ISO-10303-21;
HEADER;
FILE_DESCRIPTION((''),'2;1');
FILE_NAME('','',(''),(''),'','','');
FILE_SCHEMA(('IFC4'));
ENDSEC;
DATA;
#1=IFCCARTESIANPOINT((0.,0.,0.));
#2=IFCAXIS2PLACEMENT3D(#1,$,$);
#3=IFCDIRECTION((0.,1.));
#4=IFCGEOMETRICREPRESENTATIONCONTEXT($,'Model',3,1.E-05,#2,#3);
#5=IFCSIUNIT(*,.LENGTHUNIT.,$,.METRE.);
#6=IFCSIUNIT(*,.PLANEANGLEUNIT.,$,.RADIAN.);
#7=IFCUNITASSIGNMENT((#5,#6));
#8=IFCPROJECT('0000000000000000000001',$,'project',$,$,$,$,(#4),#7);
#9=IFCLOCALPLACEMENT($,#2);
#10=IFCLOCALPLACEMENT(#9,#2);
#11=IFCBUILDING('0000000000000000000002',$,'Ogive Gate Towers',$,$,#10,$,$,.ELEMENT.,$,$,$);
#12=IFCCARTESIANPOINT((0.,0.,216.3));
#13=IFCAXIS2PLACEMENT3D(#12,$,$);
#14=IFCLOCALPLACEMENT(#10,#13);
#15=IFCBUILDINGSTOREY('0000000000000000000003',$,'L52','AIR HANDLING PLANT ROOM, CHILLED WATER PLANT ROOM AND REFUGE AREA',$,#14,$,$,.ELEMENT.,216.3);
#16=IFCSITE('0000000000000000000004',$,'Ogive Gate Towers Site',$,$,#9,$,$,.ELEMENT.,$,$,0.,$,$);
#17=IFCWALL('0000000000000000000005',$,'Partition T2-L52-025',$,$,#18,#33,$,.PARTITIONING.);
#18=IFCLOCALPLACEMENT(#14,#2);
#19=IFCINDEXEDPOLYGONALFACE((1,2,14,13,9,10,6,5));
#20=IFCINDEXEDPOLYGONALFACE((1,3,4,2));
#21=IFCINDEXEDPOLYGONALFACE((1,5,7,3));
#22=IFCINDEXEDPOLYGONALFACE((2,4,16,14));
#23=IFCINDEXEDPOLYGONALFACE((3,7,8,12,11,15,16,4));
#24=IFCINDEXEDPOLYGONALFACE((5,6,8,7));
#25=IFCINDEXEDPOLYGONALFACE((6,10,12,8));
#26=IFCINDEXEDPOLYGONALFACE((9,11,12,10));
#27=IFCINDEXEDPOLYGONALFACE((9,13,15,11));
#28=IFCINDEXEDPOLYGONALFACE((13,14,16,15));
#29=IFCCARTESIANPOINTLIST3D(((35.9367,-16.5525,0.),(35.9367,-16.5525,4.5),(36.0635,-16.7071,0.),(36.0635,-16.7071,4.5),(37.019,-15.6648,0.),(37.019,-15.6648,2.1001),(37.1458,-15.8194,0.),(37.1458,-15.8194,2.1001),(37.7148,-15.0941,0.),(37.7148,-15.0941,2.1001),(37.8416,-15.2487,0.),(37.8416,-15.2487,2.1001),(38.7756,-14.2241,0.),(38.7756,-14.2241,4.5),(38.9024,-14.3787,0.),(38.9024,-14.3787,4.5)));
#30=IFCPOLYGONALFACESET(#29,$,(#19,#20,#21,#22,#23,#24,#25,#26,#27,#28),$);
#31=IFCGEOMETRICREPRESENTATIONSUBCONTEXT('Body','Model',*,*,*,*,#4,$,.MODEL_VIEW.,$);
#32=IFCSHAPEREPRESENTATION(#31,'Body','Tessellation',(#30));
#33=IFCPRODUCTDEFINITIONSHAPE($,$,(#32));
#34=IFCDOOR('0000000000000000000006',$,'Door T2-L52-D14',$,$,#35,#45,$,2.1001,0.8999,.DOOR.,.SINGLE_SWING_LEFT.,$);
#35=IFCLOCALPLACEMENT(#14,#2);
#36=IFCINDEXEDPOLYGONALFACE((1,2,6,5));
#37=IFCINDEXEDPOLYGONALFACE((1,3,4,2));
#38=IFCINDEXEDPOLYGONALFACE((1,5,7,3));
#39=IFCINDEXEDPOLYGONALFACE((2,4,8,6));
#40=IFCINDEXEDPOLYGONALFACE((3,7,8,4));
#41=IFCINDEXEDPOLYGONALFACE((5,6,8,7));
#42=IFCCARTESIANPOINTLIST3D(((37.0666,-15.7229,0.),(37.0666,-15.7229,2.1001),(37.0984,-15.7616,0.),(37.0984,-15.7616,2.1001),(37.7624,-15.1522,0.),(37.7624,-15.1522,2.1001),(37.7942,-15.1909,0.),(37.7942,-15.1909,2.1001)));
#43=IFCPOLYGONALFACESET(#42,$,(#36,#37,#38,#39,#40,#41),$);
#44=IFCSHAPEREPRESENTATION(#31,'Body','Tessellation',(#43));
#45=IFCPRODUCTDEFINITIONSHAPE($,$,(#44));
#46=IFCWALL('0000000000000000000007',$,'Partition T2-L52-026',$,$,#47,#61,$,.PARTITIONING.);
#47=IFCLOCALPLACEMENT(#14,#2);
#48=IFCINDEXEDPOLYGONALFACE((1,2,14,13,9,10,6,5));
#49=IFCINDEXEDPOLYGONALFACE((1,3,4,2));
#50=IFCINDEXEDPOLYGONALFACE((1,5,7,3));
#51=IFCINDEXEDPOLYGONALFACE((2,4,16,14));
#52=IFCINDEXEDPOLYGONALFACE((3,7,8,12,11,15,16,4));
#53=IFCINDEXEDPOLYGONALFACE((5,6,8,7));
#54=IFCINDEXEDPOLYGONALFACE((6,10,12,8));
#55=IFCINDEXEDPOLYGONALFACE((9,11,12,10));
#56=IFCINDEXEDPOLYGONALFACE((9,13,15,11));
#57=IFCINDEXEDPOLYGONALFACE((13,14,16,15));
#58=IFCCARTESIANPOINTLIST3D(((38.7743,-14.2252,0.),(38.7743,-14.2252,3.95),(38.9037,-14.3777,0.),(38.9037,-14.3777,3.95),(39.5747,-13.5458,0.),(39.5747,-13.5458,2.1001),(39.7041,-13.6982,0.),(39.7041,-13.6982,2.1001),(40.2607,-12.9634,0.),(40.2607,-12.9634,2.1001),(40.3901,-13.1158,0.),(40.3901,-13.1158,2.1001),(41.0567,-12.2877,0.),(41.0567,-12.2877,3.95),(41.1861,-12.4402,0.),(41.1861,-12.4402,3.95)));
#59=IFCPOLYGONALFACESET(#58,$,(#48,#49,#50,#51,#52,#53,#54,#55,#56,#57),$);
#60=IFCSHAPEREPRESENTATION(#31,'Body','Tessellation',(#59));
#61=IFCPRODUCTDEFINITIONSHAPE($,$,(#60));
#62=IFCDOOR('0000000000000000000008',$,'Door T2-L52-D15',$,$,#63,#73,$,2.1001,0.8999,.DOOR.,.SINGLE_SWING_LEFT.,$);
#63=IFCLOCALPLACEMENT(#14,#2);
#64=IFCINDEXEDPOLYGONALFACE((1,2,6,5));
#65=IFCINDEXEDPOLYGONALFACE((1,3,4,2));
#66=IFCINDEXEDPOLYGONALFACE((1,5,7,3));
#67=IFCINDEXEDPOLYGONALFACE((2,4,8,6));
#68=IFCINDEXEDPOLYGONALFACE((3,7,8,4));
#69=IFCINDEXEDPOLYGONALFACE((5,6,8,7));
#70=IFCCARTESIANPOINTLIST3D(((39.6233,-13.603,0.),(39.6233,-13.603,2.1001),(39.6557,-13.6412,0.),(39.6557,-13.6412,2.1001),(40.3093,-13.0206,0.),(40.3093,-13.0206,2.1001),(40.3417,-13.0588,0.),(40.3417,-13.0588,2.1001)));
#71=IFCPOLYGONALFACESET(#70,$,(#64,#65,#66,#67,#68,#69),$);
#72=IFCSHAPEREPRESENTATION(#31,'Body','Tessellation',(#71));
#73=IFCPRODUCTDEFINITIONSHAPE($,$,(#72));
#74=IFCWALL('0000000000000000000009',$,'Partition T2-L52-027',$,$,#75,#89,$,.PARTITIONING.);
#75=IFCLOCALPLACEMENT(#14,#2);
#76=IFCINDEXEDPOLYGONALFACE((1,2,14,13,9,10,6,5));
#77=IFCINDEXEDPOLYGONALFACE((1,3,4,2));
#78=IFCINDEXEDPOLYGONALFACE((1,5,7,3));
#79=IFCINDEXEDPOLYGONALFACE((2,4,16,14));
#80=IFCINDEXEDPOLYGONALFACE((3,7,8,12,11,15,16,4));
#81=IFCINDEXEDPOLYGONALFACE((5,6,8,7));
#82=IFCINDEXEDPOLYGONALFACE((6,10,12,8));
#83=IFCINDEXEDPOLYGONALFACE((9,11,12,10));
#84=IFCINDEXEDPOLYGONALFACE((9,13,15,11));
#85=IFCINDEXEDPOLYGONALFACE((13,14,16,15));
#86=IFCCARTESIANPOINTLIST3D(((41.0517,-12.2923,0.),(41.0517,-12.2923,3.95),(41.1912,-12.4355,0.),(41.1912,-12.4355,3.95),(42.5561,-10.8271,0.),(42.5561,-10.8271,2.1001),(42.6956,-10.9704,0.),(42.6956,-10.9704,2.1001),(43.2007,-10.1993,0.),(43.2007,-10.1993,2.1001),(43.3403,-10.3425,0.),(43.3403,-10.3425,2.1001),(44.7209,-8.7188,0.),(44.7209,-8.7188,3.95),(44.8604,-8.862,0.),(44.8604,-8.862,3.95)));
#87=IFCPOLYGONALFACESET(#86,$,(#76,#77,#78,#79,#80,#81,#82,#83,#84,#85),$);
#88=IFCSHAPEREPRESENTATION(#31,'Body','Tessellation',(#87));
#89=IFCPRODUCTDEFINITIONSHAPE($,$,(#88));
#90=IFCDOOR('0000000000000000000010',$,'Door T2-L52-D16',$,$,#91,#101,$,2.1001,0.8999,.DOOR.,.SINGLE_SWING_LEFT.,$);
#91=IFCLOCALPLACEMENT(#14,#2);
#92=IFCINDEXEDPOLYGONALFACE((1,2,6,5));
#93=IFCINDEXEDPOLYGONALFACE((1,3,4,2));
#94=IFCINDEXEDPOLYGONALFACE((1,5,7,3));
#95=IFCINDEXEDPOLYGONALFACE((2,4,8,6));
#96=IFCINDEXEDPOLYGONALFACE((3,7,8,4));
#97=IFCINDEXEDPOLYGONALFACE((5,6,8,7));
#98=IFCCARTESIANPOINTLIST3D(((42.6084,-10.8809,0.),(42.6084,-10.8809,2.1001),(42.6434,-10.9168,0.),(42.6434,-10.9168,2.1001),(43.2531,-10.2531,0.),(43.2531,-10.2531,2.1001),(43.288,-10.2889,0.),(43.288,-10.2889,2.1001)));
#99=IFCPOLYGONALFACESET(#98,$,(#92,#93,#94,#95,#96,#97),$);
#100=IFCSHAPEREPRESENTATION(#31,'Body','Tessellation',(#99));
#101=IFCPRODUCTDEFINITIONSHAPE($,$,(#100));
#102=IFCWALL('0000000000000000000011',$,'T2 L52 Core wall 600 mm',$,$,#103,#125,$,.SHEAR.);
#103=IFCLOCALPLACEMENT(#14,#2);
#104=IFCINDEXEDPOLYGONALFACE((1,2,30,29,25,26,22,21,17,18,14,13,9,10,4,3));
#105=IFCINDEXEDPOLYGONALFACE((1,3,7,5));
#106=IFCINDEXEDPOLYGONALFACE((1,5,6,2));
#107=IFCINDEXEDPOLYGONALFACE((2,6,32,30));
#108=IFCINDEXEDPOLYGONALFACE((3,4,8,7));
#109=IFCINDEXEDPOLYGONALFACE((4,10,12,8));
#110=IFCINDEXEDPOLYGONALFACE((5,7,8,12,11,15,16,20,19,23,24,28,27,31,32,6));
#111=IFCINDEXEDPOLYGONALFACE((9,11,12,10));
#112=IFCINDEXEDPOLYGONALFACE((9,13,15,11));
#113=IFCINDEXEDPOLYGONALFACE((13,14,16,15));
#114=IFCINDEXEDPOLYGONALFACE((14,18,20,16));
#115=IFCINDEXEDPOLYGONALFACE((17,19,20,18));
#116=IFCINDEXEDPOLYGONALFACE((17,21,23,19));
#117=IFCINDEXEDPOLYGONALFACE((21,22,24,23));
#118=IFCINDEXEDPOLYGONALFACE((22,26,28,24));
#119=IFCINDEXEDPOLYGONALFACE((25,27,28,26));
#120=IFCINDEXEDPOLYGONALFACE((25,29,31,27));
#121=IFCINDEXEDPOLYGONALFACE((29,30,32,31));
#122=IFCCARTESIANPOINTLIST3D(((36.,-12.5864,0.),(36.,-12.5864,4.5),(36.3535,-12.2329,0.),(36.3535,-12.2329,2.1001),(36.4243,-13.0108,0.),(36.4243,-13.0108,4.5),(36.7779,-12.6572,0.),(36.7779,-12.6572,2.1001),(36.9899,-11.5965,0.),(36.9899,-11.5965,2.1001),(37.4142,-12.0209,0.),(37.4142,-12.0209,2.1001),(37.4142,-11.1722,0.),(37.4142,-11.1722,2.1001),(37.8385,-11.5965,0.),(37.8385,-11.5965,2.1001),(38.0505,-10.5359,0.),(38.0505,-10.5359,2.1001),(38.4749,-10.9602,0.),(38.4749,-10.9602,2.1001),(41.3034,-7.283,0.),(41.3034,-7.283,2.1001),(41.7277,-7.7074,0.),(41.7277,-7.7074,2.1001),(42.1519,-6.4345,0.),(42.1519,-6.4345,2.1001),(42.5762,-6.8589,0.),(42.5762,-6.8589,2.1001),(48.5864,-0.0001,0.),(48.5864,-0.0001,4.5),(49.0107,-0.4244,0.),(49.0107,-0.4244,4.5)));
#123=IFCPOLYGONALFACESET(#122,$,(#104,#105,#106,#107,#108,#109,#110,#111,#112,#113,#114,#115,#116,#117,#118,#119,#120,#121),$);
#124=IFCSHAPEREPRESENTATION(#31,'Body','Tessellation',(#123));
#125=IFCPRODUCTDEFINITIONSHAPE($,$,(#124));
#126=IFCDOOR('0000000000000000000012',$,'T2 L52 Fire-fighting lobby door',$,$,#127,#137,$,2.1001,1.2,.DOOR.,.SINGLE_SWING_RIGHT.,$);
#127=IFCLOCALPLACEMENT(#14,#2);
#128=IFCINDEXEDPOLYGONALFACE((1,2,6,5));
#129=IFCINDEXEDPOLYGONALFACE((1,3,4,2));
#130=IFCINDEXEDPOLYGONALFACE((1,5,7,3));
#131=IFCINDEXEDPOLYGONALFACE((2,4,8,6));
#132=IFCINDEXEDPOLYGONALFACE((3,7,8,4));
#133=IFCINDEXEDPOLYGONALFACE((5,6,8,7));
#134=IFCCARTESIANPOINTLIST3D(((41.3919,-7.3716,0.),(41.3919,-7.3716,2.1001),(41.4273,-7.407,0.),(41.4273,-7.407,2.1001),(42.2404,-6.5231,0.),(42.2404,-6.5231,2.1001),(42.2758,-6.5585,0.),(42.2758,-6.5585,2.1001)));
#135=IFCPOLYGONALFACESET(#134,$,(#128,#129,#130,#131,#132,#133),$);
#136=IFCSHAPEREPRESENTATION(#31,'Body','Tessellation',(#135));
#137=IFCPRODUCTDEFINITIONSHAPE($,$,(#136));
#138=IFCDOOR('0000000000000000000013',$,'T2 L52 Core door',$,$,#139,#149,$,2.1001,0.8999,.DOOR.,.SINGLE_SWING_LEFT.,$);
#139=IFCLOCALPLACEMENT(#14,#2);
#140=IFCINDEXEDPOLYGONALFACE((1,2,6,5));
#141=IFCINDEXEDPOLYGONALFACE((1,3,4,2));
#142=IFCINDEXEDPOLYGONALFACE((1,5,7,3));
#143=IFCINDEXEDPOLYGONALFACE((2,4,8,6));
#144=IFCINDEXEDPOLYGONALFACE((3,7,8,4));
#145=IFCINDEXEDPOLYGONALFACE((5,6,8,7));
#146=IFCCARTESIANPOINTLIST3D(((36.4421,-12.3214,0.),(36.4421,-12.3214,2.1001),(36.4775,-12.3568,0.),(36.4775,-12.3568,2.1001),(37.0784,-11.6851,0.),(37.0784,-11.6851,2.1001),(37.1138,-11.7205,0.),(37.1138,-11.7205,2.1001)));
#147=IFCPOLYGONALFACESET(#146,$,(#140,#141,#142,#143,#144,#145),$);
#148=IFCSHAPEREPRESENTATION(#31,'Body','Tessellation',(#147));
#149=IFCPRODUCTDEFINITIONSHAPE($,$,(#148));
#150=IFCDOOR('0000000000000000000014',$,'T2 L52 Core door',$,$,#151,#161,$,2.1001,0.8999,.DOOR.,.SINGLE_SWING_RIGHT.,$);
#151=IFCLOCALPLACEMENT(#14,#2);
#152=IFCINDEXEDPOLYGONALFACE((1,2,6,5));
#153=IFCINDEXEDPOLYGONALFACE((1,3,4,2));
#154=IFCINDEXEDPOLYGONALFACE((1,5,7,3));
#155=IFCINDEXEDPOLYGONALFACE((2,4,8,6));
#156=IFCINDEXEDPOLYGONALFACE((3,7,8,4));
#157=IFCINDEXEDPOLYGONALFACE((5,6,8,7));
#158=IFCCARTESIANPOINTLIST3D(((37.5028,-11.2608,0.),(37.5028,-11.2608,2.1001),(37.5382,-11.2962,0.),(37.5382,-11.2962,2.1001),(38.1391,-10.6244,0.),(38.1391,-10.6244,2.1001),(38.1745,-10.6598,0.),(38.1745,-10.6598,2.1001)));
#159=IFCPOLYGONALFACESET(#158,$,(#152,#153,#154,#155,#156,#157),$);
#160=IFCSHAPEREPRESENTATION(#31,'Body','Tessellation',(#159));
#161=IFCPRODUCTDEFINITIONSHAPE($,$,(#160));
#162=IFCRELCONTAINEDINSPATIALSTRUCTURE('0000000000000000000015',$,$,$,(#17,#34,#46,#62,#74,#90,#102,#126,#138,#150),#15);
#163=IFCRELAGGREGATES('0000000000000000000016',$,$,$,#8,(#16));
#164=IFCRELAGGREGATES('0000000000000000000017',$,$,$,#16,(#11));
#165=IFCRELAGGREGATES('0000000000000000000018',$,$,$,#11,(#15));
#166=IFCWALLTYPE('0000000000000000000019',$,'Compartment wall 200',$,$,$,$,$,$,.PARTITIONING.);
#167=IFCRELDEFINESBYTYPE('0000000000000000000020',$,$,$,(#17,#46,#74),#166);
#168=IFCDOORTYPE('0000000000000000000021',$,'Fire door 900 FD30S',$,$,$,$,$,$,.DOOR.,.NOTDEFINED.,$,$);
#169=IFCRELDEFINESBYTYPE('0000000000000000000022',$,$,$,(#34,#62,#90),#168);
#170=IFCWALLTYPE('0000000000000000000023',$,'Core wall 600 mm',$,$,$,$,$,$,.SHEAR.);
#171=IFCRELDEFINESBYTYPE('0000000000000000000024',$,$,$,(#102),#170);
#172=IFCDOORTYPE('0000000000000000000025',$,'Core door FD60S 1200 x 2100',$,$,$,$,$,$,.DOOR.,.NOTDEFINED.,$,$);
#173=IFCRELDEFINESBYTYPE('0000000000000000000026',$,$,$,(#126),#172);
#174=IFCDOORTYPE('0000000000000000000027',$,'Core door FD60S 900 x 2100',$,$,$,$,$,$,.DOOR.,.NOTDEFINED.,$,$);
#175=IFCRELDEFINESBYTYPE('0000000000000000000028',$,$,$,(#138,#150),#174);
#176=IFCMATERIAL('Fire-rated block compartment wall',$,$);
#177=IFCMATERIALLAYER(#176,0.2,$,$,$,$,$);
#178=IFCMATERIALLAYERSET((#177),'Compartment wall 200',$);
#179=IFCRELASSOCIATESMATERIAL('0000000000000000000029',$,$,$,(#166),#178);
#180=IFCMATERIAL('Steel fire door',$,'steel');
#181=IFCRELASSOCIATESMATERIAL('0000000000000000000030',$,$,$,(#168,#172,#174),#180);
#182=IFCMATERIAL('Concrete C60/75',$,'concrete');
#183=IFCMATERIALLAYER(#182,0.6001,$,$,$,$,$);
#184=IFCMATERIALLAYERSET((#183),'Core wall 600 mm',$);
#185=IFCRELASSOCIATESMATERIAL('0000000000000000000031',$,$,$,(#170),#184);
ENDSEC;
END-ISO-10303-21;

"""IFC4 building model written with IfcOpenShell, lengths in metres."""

from ifc_helpers import new_model, si_unit, direction, frame, frame_2d, origin, place, context, subcontext, project, spatial, rectangle, extrude, material, layer, layer_set, type_object, element, fill, save


model = new_model("IFC4")

# Units and contexts
model_context = context("Model", 3, precision=1e-05, world=origin(), true_north=direction((0.0, 1.0)))
body_context = subcontext(model_context, "Body", "Model", "MODEL_VIEW")
ifc_project = project(units=[si_unit("LENGTHUNIT", "METRE"), si_unit("PLANEANGLEUNIT", "RADIAN")], contexts=[model_context])

# Site, building, storey
site_placement = place(None, origin())
site = spatial("IfcSite", under=ifc_project, at=site_placement, Name="Ogive Gate Towers Site", CompositionType="ELEMENT", RefElevation=0.0)
building_placement = place(site_placement, origin())
building = spatial("IfcBuilding", under=site, at=building_placement, Name="Ogive Gate Towers", CompositionType="ELEMENT")
storey_placement = place(building_placement, frame((0.0, 0.0, 216.3)))
storey = spatial("IfcBuildingStorey", under=building, at=storey_placement, Name="L52", Description="AIR HANDLING PLANT ROOM, CHILLED WATER PLANT ROOM AND REFUGE AREA", CompositionType="ELEMENT", Elevation=216.3)

# Shared definitions
ifc_material_1 = material(Name="Fire-rated block compartment wall")
ifc_layer_1 = layer(ifc_material_1, 0.2)
ifc_layer_set_1 = layer_set([ifc_layer_1], Name="Compartment wall 200")
wall_type_1 = type_object("IfcWallType", Name="Compartment wall 200", PredefinedType="PARTITIONING", material=ifc_layer_set_1)

# Walls, openings, doors
wall_1_placement = place(storey_placement, frame((36.0, -16.6299, 0.0), z_axis=(0.0, 0.0, 1.0), x_axis=(0.773201, 0.634161, 0.0)))
wall_1 = element("IfcWall", 1, at=wall_1_placement, inside=storey, type_object=wall_type_1, Name="Partition T2-L52-025", PredefinedType="PARTITIONING", context=body_context, shape_type="SweptSolid", body=[
    extrude(rectangle(XDim=3.6716, YDim=0.2, at=frame_2d((1.8359, 0.0))), origin(), (0.0, 0.0, 1.0), 4.5),
])
opening_1_placement = place(wall_1_placement, frame((1.3999, 0.0, 0.0)))
opening_1 = element("IfcOpeningElement", 2, at=opening_1_placement, cuts=wall_1, PredefinedType="OPENING", context=body_context, shape_type="SweptSolid", body=[
    extrude(rectangle(XDim=0.8999, YDim=2.1001, at=frame_2d((0.45, 1.05))), frame((0.0, 0.1099, 0.0), z_axis=(0.0, -1.0, 0.0), x_axis=(1.0, 0.0, 0.0)), (0.0, 0.0, 1.0), 0.22),
])
ifc_material_2 = material(Name="Steel fire door", Category="steel")
door_type_1 = type_object("IfcDoorType", Name="Fire door 900 FD30S", OperationType="NOTDEFINED", PredefinedType="DOOR", material=ifc_material_2)
door_1_placement = place(opening_1_placement, origin())
door_1 = element("IfcDoor", 3, at=door_1_placement, inside=storey, type_object=door_type_1, Name="Door T2-L52-D14", OperationType="SINGLE_SWING_LEFT", OverallHeight=2.1001, OverallWidth=0.8999, PredefinedType="DOOR", context=body_context, shape_type="SweptSolid", body=[
    extrude(rectangle(XDim=0.8999, YDim=2.1001, at=frame_2d((0.45, 1.05))), frame((0.0, 0.0249, 0.0), z_axis=(0.0, -1.0, 0.0), x_axis=(1.0, 0.0, 0.0)), (0.0, 0.0, 1.0), 0.05),
])
fill(opening_1, door_1)
wall_2_placement = place(storey_placement, frame((38.8389, -14.3015, 0.0), z_axis=(0.0, 0.0, 1.0), x_axis=(0.762368, 0.647144, 0.0)))
wall_2 = element("IfcWall", 4, at=wall_2_placement, inside=storey, type_object=wall_type_1, Name="Partition T2-L52-026", PredefinedType="PARTITIONING", context=body_context, shape_type="SweptSolid", body=[
    extrude(rectangle(XDim=2.9939, YDim=0.2, at=frame_2d((1.4971, 0.0))), origin(), (0.0, 0.0, 1.0), 3.95),
])
opening_2_placement = place(wall_2_placement, frame((1.05, 0.0, 0.0)))
opening_2 = element("IfcOpeningElement", 5, at=opening_2_placement, cuts=wall_2, PredefinedType="OPENING", context=body_context, shape_type="SweptSolid", body=[
    extrude(rectangle(XDim=0.8999, YDim=2.1001, at=frame_2d((0.45, 1.05))), frame((0.0, 0.1099, 0.0), z_axis=(0.0, -1.0, 0.0), x_axis=(1.0, 0.0, 0.0)), (0.0, 0.0, 1.0), 0.22),
])
door_2_placement = place(opening_2_placement, origin())
door_2 = element("IfcDoor", 6, at=door_2_placement, inside=storey, type_object=door_type_1, Name="Door T2-L52-D15", OperationType="SINGLE_SWING_LEFT", OverallHeight=2.1001, OverallWidth=0.8999, PredefinedType="DOOR", context=body_context, shape_type="SweptSolid", body=[
    extrude(rectangle(XDim=0.8999, YDim=2.1001, at=frame_2d((0.45, 1.05))), frame((0.0, 0.0249, 0.0), z_axis=(0.0, -1.0, 0.0), x_axis=(1.0, 0.0, 0.0)), (0.0, 0.0, 1.0), 0.05),
])
fill(opening_2, door_2)
wall_3_placement = place(storey_placement, frame((41.1213, -12.364, 0.0), z_axis=(0.0, 0.0, 1.0), x_axis=(0.716388, 0.697702, 0.0)))
wall_3 = element("IfcWall", 7, at=wall_3_placement, inside=storey, type_object=wall_type_1, Name="Partition T2-L52-027", PredefinedType="PARTITIONING", context=body_context, shape_type="SweptSolid", body=[
    extrude(rectangle(XDim=5.1218, YDim=0.2, at=frame_2d((2.561, 0.0))), origin(), (0.0, 0.0, 1.0), 3.95),
])
opening_3_placement = place(wall_3_placement, frame((2.1001, 0.0, 0.0)))
opening_3 = element("IfcOpeningElement", 8, at=opening_3_placement, cuts=wall_3, PredefinedType="OPENING", context=body_context, shape_type="SweptSolid", body=[
    extrude(rectangle(XDim=0.8999, YDim=2.1001, at=frame_2d((0.45, 1.05))), frame((0.0, 0.1099, 0.0), z_axis=(0.0, -1.0, 0.0), x_axis=(1.0, 0.0, 0.0)), (0.0, 0.0, 1.0), 0.22),
])
door_3_placement = place(opening_3_placement, origin())
door_3 = element("IfcDoor", 9, at=door_3_placement, inside=storey, type_object=door_type_1, Name="Door T2-L52-D16", OperationType="SINGLE_SWING_LEFT", OverallHeight=2.1001, OverallWidth=0.8999, PredefinedType="DOOR", context=body_context, shape_type="SweptSolid", body=[
    extrude(rectangle(XDim=0.8999, YDim=2.1001, at=frame_2d((0.45, 1.05))), frame((0.0, 0.0249, 0.0), z_axis=(0.0, -1.0, 0.0), x_axis=(1.0, 0.0, 0.0)), (0.0, 0.0, 1.0), 0.05),
])
fill(opening_3, door_3)

# Wall, openings, doors
ifc_material_3 = material(Name="Concrete C60/75", Category="concrete")
ifc_layer_2 = layer(ifc_material_3, 0.6001)
ifc_layer_set_2 = layer_set([ifc_layer_2], Name="Core wall 600 mm")
wall_type_2 = type_object("IfcWallType", Name="Core wall 600 mm", PredefinedType="SHEAR", material=ifc_layer_set_2)
wall_4_placement = place(storey_placement, frame((36.2122, -12.7986, 0.0), z_axis=(0.0, 0.0, 1.0), x_axis=(0.707107, 0.707107, 0.0)))
wall_4 = element("IfcWall", 10, at=wall_4_placement, inside=storey, type_object=wall_type_2, Name="T2 L52 Core wall 600 mm", PredefinedType="SHEAR", context=body_context, shape_type="SweptSolid", body=[
    extrude(rectangle(XDim=17.7998, YDim=0.6001, at=frame_2d((8.8999, 0.0))), origin(), (0.0, 0.0, 1.0), 4.5),
])
opening_4_placement = place(wall_4_placement, frame((7.5, 0.0, 0.0)))
opening_4 = element("IfcOpeningElement", 11, at=opening_4_placement, cuts=wall_4, PredefinedType="OPENING", context=body_context, shape_type="SweptSolid", body=[
    extrude(rectangle(XDim=1.2, YDim=2.1001, at=frame_2d((0.6001, 1.05))), frame((0.0, 0.3101, 0.0), z_axis=(0.0, -1.0, 0.0), x_axis=(1.0, 0.0, 0.0)), (0.0, 0.0, 1.0), 0.6201),
])
opening_5_placement = place(wall_4_placement, frame((0.5, 0.0, 0.0)))
opening_5 = element("IfcOpeningElement", 12, at=opening_5_placement, cuts=wall_4, PredefinedType="OPENING", context=body_context, shape_type="SweptSolid", body=[
    extrude(rectangle(XDim=0.8999, YDim=2.1001, at=frame_2d((0.45, 1.05))), frame((0.0, 0.3101, 0.0), z_axis=(0.0, -1.0, 0.0), x_axis=(1.0, 0.0, 0.0)), (0.0, 0.0, 1.0), 0.6201),
])
opening_6_placement = place(wall_4_placement, frame((2.0, 0.0, 0.0)))
opening_6 = element("IfcOpeningElement", 13, at=opening_6_placement, cuts=wall_4, PredefinedType="OPENING", context=body_context, shape_type="SweptSolid", body=[
    extrude(rectangle(XDim=0.8999, YDim=2.1001, at=frame_2d((0.45, 1.05))), frame((0.0, 0.3101, 0.0), z_axis=(0.0, -1.0, 0.0), x_axis=(1.0, 0.0, 0.0)), (0.0, 0.0, 1.0), 0.6201),
])
door_type_2 = type_object("IfcDoorType", Name="Core door FD60S 1200 x 2100", OperationType="NOTDEFINED", PredefinedType="DOOR", material=ifc_material_2)
door_4_placement = place(opening_4_placement, origin())
door_4 = element("IfcDoor", 14, at=door_4_placement, inside=storey, type_object=door_type_2, Name="T2 L52 Fire-fighting lobby door", OperationType="SINGLE_SWING_RIGHT", OverallHeight=2.1001, OverallWidth=1.2, PredefinedType="DOOR", context=body_context, shape_type="SweptSolid", body=[
    extrude(rectangle(XDim=1.2, YDim=2.1001, at=frame_2d((0.6001, 1.05))), frame((0.0, 0.1748, 0.0), z_axis=(0.0, -1.0, 0.0), x_axis=(1.0, 0.0, 0.0)), (0.0, 0.0, 1.0), 0.05),
])
fill(opening_4, door_4)
door_type_3 = type_object("IfcDoorType", Name="Core door FD60S 900 x 2100", OperationType="NOTDEFINED", PredefinedType="DOOR", material=ifc_material_2)
door_5_placement = place(opening_5_placement, origin())
door_5 = element("IfcDoor", 15, at=door_5_placement, inside=storey, type_object=door_type_3, Name="T2 L52 Core door", OperationType="SINGLE_SWING_LEFT", OverallHeight=2.1001, OverallWidth=0.8999, PredefinedType="DOOR", context=body_context, shape_type="SweptSolid", body=[
    extrude(rectangle(XDim=0.8999, YDim=2.1001, at=frame_2d((0.45, 1.05))), frame((0.0, 0.1748, 0.0), z_axis=(0.0, -1.0, 0.0), x_axis=(1.0, 0.0, 0.0)), (0.0, 0.0, 1.0), 0.05),
])
fill(opening_5, door_5)
door_6_placement = place(opening_6_placement, origin())
door_6 = element("IfcDoor", 16, at=door_6_placement, inside=storey, type_object=door_type_3, Name="T2 L52 Core door", OperationType="SINGLE_SWING_RIGHT", OverallHeight=2.1001, OverallWidth=0.8999, PredefinedType="DOOR", context=body_context, shape_type="SweptSolid", body=[
    extrude(rectangle(XDim=0.8999, YDim=2.1001, at=frame_2d((0.45, 1.05))), frame((0.0, 0.1748, 0.0), z_axis=(0.0, -1.0, 0.0), x_axis=(1.0, 0.0, 0.0)), (0.0, 0.0, 1.0), 0.05),
])
fill(opening_6, door_6)

save(model, "model.ifc")
